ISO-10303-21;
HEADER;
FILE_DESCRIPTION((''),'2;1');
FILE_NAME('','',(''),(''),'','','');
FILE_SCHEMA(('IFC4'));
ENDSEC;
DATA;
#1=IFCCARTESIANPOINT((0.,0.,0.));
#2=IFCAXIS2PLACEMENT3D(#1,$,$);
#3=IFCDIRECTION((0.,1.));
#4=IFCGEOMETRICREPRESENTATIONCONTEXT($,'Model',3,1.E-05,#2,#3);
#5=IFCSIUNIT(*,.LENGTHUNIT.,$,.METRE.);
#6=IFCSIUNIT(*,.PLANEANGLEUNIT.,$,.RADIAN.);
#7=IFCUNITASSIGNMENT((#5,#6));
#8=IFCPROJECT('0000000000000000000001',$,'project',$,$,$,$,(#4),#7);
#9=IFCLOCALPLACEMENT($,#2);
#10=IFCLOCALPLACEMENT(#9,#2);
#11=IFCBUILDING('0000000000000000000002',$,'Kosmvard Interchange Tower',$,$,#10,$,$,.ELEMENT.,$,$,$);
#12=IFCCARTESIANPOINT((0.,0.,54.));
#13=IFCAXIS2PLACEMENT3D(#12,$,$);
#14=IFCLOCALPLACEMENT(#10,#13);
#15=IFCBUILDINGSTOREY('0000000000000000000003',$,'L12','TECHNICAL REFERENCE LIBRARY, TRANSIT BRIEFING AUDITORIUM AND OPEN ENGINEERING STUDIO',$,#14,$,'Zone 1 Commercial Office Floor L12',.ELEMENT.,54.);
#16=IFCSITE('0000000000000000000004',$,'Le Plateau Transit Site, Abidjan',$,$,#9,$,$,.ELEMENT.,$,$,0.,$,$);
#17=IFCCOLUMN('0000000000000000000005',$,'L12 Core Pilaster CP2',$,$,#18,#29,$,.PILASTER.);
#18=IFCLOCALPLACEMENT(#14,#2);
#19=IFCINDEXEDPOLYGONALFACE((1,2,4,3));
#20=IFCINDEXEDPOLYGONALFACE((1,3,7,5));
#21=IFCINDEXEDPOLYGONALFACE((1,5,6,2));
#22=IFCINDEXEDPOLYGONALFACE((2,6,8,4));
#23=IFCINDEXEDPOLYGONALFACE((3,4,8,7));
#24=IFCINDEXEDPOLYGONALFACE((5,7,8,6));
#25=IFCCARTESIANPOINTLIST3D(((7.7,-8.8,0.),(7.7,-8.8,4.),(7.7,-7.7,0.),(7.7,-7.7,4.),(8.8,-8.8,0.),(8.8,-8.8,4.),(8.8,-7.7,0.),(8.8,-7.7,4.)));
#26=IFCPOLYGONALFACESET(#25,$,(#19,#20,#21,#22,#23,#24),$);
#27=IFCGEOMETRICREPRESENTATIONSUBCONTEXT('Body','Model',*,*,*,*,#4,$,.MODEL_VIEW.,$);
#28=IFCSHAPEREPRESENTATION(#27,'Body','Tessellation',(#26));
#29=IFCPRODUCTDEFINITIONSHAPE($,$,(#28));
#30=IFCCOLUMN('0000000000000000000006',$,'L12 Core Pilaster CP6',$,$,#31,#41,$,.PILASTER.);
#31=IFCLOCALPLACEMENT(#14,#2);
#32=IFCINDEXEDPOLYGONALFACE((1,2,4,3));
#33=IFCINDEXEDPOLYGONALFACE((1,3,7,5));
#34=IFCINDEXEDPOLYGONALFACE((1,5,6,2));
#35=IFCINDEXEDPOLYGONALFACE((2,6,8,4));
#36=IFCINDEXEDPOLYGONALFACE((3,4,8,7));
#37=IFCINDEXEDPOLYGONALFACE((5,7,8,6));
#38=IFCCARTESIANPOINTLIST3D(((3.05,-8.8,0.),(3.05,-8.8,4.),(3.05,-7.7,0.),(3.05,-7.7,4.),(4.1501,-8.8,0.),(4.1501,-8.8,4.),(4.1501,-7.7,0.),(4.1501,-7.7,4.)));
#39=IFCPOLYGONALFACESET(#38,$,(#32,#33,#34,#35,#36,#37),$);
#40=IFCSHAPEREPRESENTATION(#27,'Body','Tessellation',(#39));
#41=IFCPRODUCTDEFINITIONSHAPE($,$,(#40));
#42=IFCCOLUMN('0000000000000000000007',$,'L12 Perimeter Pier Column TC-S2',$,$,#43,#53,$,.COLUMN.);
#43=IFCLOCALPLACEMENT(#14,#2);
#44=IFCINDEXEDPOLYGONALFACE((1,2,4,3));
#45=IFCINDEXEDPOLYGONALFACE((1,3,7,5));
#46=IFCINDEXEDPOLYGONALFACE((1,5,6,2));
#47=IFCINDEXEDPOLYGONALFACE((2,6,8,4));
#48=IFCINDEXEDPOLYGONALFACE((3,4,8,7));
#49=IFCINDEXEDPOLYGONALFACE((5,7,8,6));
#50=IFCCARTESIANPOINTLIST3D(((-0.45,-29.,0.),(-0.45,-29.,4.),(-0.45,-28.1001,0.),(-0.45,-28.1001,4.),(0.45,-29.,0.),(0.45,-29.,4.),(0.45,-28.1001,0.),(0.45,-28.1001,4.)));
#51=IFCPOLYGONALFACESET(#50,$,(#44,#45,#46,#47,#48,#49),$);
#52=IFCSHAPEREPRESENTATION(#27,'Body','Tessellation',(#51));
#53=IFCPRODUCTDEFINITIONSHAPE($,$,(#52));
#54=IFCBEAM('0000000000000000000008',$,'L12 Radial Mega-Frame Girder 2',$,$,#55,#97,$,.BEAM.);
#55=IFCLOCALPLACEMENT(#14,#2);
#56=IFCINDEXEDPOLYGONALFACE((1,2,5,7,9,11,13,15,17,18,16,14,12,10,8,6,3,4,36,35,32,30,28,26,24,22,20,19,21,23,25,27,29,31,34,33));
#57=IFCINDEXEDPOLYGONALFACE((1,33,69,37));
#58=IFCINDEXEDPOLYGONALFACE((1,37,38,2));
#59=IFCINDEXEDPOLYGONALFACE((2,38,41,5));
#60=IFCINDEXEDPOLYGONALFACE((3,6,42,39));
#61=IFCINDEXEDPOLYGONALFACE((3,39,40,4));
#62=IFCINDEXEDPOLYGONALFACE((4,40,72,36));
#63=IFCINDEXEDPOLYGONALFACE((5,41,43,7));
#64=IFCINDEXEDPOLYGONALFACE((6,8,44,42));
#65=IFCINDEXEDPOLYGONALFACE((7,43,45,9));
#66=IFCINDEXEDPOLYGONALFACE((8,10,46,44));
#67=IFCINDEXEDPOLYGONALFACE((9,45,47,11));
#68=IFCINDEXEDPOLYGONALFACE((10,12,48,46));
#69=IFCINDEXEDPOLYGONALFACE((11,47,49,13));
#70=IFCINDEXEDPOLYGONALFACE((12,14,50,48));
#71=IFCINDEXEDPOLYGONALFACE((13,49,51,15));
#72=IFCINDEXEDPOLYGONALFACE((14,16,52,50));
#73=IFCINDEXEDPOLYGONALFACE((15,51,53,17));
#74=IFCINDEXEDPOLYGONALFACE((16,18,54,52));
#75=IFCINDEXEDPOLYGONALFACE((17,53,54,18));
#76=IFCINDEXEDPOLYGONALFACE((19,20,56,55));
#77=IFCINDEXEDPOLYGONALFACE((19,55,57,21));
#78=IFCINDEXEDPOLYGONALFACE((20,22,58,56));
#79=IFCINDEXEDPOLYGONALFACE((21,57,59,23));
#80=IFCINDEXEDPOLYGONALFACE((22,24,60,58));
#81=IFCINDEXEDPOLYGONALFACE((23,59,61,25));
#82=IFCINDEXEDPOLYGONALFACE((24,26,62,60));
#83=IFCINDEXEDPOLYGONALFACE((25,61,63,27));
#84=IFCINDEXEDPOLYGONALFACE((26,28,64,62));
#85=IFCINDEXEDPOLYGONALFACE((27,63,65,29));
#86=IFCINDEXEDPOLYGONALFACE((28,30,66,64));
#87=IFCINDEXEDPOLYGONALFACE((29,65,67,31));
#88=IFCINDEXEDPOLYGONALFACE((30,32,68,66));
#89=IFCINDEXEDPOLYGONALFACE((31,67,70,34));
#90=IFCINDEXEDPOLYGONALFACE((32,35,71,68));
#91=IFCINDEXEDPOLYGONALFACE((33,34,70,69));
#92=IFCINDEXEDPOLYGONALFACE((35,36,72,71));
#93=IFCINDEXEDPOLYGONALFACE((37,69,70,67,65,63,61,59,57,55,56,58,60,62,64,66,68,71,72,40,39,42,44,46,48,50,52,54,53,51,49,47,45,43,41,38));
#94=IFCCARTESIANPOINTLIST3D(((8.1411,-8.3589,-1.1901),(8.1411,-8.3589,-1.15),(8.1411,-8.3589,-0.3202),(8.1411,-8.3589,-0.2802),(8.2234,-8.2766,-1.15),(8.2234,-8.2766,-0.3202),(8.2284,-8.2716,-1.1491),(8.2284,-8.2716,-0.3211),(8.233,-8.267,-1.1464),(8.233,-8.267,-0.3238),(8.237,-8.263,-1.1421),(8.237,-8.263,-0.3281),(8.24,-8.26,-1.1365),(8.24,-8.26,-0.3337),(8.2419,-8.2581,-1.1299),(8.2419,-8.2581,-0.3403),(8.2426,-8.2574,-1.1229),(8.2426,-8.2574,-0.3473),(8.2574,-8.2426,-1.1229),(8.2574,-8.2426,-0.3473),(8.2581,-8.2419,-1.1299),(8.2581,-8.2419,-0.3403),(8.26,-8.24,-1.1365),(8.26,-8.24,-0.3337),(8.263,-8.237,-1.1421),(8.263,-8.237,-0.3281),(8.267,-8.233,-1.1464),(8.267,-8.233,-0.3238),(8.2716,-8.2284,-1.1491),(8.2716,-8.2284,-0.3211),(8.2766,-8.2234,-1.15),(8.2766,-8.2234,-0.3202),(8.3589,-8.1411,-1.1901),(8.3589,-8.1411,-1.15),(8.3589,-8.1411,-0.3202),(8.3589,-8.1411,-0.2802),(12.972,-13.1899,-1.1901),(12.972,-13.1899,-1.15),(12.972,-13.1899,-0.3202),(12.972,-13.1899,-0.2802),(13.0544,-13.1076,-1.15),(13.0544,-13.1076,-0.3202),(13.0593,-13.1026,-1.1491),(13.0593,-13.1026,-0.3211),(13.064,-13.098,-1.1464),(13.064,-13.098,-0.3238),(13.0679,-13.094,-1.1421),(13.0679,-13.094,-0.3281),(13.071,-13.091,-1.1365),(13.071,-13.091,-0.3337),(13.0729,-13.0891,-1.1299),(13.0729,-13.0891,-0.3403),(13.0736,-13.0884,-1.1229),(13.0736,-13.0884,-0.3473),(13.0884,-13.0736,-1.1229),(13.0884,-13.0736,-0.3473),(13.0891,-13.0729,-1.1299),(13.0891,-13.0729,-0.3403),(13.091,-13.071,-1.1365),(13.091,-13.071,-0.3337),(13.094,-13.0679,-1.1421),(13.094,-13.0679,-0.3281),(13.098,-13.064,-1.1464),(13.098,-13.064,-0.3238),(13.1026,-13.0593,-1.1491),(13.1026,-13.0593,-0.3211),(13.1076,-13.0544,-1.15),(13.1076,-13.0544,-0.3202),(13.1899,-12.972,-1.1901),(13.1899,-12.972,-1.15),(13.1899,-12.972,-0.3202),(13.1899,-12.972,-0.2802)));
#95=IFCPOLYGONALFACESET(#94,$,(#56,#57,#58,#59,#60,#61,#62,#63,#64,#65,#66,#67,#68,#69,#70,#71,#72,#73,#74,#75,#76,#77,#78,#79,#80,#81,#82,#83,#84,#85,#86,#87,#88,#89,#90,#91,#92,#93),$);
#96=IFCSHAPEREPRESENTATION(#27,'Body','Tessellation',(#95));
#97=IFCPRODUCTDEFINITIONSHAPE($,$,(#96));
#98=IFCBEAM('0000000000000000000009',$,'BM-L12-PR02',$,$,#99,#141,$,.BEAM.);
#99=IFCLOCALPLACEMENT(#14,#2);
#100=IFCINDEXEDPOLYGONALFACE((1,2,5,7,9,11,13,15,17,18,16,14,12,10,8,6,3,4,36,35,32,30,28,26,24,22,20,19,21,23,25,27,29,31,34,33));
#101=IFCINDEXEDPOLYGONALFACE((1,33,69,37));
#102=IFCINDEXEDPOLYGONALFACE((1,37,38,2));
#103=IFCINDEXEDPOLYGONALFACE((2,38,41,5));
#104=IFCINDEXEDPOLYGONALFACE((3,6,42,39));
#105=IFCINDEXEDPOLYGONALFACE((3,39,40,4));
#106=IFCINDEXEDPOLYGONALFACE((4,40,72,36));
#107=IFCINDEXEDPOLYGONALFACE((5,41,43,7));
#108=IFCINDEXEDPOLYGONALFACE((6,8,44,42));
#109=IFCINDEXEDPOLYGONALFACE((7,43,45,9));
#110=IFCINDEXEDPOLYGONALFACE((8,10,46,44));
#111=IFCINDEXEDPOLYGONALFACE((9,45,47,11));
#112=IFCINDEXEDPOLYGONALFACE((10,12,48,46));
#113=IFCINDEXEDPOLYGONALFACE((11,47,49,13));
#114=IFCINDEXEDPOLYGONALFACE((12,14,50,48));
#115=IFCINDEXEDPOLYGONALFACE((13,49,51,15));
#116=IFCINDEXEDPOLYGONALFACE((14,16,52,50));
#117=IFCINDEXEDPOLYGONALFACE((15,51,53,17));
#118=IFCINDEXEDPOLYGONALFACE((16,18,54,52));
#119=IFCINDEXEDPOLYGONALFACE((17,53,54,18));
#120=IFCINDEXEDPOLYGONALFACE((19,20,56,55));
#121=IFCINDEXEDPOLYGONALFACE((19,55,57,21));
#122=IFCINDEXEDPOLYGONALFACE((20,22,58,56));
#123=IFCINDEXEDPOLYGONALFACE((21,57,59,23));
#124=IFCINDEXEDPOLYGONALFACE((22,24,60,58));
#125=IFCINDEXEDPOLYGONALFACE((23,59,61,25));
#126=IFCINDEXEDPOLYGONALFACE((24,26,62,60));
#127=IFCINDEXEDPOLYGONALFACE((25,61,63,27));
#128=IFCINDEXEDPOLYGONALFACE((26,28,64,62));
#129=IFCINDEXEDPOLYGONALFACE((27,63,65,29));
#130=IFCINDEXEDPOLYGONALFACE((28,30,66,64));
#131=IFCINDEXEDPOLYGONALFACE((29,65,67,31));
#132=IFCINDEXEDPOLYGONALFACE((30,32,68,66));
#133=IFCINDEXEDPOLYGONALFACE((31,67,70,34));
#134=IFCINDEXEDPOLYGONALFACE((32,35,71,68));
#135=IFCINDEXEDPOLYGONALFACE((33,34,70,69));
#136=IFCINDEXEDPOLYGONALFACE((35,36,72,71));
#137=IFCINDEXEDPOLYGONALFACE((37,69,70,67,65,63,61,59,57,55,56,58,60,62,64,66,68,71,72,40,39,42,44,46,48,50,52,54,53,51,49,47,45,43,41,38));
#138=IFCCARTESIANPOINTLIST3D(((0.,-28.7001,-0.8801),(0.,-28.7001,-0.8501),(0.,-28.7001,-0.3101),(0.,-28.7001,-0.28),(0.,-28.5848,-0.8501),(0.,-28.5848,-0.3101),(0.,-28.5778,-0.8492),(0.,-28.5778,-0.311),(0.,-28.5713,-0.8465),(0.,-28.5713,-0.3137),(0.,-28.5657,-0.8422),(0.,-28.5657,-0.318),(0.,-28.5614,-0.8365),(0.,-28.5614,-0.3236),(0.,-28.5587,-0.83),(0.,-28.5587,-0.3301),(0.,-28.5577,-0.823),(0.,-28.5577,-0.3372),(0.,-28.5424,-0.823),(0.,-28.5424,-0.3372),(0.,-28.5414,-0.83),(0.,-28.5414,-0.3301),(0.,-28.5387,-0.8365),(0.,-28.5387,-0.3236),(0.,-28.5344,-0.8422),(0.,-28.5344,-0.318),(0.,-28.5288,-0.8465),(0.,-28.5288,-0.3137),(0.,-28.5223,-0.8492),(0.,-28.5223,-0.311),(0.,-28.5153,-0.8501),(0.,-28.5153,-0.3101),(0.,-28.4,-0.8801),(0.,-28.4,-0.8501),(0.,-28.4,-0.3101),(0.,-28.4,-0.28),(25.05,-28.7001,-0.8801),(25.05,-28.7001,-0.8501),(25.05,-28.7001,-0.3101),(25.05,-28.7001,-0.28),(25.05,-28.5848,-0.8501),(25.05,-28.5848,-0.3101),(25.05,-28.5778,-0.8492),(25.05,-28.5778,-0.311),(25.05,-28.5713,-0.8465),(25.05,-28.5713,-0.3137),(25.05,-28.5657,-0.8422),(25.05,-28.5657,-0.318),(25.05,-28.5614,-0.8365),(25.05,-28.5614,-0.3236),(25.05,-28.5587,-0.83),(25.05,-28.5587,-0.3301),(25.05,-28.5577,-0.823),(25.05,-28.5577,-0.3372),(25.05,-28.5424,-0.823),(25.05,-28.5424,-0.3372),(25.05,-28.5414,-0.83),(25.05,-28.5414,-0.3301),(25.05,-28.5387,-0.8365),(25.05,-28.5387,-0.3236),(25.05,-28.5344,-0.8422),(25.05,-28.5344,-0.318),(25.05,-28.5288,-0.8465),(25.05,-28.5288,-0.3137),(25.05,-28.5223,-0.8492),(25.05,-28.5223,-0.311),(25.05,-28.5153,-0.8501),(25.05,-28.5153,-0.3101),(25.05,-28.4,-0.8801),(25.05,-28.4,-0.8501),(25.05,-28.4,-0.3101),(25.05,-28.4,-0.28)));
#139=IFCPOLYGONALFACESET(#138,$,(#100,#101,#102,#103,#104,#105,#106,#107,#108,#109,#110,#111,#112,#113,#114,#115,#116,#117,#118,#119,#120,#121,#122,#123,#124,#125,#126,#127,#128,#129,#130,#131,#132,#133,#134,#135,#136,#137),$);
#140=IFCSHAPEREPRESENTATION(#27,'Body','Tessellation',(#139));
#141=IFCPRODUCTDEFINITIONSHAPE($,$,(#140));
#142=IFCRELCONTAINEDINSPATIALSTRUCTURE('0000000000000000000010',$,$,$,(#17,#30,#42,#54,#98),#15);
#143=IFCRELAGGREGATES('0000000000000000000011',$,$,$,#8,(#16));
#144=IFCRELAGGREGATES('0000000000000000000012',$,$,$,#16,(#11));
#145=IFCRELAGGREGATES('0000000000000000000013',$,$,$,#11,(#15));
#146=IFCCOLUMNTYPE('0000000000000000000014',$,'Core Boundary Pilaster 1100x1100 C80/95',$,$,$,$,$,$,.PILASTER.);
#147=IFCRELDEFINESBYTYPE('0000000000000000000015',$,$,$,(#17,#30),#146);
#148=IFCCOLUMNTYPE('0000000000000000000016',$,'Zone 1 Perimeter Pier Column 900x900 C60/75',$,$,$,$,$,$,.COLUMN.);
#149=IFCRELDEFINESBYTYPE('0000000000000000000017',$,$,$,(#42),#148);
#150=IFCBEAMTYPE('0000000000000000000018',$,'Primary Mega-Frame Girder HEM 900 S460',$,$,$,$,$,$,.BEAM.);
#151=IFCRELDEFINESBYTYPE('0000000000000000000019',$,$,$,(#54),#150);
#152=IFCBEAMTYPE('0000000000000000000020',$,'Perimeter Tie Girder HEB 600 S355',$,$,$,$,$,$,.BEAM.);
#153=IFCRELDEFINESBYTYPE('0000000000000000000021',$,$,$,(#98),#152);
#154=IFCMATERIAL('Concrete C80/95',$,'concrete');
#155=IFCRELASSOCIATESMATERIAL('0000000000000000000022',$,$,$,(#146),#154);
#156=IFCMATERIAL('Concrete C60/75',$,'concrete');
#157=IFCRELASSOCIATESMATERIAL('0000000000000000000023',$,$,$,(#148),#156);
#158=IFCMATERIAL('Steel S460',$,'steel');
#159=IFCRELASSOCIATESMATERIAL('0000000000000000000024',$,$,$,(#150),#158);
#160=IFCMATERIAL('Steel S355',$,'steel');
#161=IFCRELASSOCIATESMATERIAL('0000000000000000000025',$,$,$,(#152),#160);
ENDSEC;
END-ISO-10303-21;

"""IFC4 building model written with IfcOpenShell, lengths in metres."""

from ifc_helpers import new_model, si_unit, direction, frame, origin, origin_2d, place, context, subcontext, project, spatial, rectangle, i_section, extrude, source, transform, mapped, material, material_profile, profile_set, type_object, element, save


model = new_model("IFC4")

# Units and contexts
model_context = context("Model", 3, precision=1e-05, world=origin(), true_north=direction((0.0, 1.0)))
body_context = subcontext(model_context, "Body", "Model", "MODEL_VIEW")
ifc_project = project(units=[si_unit("LENGTHUNIT", "METRE"), si_unit("PLANEANGLEUNIT", "RADIAN")], contexts=[model_context])

# Site, building, storey
site_placement = place(None, origin())
site = spatial("IfcSite", under=ifc_project, at=site_placement, Name="Le Plateau Transit Site, Abidjan", CompositionType="ELEMENT", RefElevation=0.0)
building_placement = place(site_placement, origin())
building = spatial("IfcBuilding", under=site, at=building_placement, Name="Kosmvard Interchange Tower", CompositionType="ELEMENT")
storey_placement = place(building_placement, frame((0.0, 0.0, 54.0)))
storey = spatial("IfcBuildingStorey", under=building, at=storey_placement, Name="L12", Description="TECHNICAL REFERENCE LIBRARY, TRANSIT BRIEFING AUDITORIUM AND OPEN ENGINEERING STUDIO", LongName="Zone 1 Commercial Office Floor L12", CompositionType="ELEMENT", Elevation=54.0)

# Columns
ifc_material_1 = material(Name="Concrete C80/95", Category="concrete")
ifc_material_profile_1 = material_profile(ifc_material_1, rectangle(XDim=1.1001, YDim=1.1001, at=origin_2d()), Name="CP 1100x1100")
ifc_profile_set_1 = profile_set([ifc_material_profile_1], Name="Concrete C80/95")
column_type_1 = type_object("IfcColumnType", Name="Core Boundary Pilaster 1100x1100 C80/95", PredefinedType="PILASTER", material=ifc_profile_set_1)
shared_shape_1 = source(origin(), body_context, "Body", "SweptSolid", [
    extrude(rectangle(XDim=1.1001, YDim=1.1001, at=origin_2d()), origin(), (0.0, 0.0, 1.0), 4.0),
])
for number, where, z_axis, x_axis, name in (
    (1, (8.25, -8.25, 0.0), (0.0, 0.0, 1.0), (1.0, 0.0, 0.0), "L12 Core Pilaster CP2"),
    (2, (3.6001, -8.25, 0.0), (0.0, 0.0, 1.0), (1.0, 0.0, 0.0), "L12 Core Pilaster CP6"),
):
    element("IfcColumn", number, at=place(storey_placement, frame(where, z_axis=z_axis, x_axis=x_axis)), inside=storey, type_object=column_type_1, Name=name, PredefinedType="PILASTER", context=body_context, shape_type="MappedRepresentation", body=[
        mapped(shared_shape_1, transform((0.0, 0.0, 0.0), scale=1.0)),
    ])
ifc_material_2 = material(Name="Concrete C60/75", Category="concrete")
ifc_material_profile_2 = material_profile(ifc_material_2, rectangle(XDim=0.8999, YDim=0.8999, at=origin_2d()), Name="TC 900x900")
ifc_profile_set_2 = profile_set([ifc_material_profile_2], Name="Concrete C60/75")
column_type_2 = type_object("IfcColumnType", Name="Zone 1 Perimeter Pier Column 900x900 C60/75", PredefinedType="COLUMN", material=ifc_profile_set_2)
shared_shape_2 = source(origin(), body_context, "Body", "SweptSolid", [
    extrude(rectangle(XDim=0.8999, YDim=0.8999, at=origin_2d()), origin(), (0.0, 0.0, 1.0), 4.0),
])
column_placement = place(storey_placement, frame((0.0, -28.55, 0.0), z_axis=(0.0, 0.0, 1.0), x_axis=(1.0, 0.0, 0.0)))
element("IfcColumn", 3, at=column_placement, inside=storey, type_object=column_type_2, Name="L12 Perimeter Pier Column TC-S2", PredefinedType="COLUMN", context=body_context, shape_type="MappedRepresentation", body=[
    mapped(shared_shape_2, transform((0.0, 0.0, 0.0), scale=1.0)),
])

# Beams
ifc_material_3 = material(Name="Steel S460", Category="steel")
ifc_material_profile_3 = material_profile(ifc_material_3, i_section(OverallWidth=0.3081, OverallDepth=0.9099, WebThickness=0.021, FlangeThickness=0.04, FilletRadius=0.0271, at=origin_2d()), Name="HEM 900")
ifc_profile_set_3 = profile_set([ifc_material_profile_3], Name="Steel S460")
beam_type_1 = type_object("IfcBeamType", Name="Primary Mega-Frame Girder HEM 900 S460", PredefinedType="BEAM", material=ifc_profile_set_3)
shared_shape_3 = source(origin(), body_context, "Body", "SweptSolid", [
    extrude(i_section(OverallWidth=0.3081, OverallDepth=0.9099, WebThickness=0.021, FlangeThickness=0.04, FilletRadius=0.0271, at=origin_2d()), origin(), (0.0, 0.0, 1.0), 6.832),
])
beam_1_placement = place(storey_placement, frame((8.25, -8.25, -0.7351), z_axis=(0.707107, -0.707107, 0.0), x_axis=(0.707107, 0.707107, 0.0)))
element("IfcBeam", 4, at=beam_1_placement, inside=storey, type_object=beam_type_1, Name="L12 Radial Mega-Frame Girder 2", PredefinedType="BEAM", context=body_context, shape_type="MappedRepresentation", body=[
    mapped(shared_shape_3, transform((0.0, 0.0, 0.0), scale=1.0)),
])
ifc_material_4 = material(Name="Steel S355", Category="steel")
ifc_material_profile_4 = material_profile(ifc_material_4, i_section(OverallWidth=0.3, OverallDepth=0.6001, WebThickness=0.0154, FlangeThickness=0.03, FilletRadius=0.0271, at=origin_2d()), Name="HEB 600")
ifc_profile_set_4 = profile_set([ifc_material_profile_4], Name="Steel S355")
beam_type_2 = type_object("IfcBeamType", Name="Perimeter Tie Girder HEB 600 S355", PredefinedType="BEAM", material=ifc_profile_set_4)
shared_shape_4 = source(origin(), body_context, "Body", "SweptSolid", [
    extrude(i_section(OverallWidth=0.3, OverallDepth=0.6001, WebThickness=0.0154, FlangeThickness=0.03, FilletRadius=0.0271, at=origin_2d()), origin(), (0.0, 0.0, 1.0), 25.05),
])
beam_2_placement = place(storey_placement, frame((0.0, -28.55, -0.5801), z_axis=(1.0, 0.0, 0.0), x_axis=(0.0, 1.0, 0.0)))
element("IfcBeam", 5, at=beam_2_placement, inside=storey, type_object=beam_type_2, Name="BM-L12-PR02", PredefinedType="BEAM", context=body_context, shape_type="MappedRepresentation", body=[
    mapped(shared_shape_4, transform((0.0, 0.0, 0.0), scale=1.0)),
])

save(model, "model.ifc")
